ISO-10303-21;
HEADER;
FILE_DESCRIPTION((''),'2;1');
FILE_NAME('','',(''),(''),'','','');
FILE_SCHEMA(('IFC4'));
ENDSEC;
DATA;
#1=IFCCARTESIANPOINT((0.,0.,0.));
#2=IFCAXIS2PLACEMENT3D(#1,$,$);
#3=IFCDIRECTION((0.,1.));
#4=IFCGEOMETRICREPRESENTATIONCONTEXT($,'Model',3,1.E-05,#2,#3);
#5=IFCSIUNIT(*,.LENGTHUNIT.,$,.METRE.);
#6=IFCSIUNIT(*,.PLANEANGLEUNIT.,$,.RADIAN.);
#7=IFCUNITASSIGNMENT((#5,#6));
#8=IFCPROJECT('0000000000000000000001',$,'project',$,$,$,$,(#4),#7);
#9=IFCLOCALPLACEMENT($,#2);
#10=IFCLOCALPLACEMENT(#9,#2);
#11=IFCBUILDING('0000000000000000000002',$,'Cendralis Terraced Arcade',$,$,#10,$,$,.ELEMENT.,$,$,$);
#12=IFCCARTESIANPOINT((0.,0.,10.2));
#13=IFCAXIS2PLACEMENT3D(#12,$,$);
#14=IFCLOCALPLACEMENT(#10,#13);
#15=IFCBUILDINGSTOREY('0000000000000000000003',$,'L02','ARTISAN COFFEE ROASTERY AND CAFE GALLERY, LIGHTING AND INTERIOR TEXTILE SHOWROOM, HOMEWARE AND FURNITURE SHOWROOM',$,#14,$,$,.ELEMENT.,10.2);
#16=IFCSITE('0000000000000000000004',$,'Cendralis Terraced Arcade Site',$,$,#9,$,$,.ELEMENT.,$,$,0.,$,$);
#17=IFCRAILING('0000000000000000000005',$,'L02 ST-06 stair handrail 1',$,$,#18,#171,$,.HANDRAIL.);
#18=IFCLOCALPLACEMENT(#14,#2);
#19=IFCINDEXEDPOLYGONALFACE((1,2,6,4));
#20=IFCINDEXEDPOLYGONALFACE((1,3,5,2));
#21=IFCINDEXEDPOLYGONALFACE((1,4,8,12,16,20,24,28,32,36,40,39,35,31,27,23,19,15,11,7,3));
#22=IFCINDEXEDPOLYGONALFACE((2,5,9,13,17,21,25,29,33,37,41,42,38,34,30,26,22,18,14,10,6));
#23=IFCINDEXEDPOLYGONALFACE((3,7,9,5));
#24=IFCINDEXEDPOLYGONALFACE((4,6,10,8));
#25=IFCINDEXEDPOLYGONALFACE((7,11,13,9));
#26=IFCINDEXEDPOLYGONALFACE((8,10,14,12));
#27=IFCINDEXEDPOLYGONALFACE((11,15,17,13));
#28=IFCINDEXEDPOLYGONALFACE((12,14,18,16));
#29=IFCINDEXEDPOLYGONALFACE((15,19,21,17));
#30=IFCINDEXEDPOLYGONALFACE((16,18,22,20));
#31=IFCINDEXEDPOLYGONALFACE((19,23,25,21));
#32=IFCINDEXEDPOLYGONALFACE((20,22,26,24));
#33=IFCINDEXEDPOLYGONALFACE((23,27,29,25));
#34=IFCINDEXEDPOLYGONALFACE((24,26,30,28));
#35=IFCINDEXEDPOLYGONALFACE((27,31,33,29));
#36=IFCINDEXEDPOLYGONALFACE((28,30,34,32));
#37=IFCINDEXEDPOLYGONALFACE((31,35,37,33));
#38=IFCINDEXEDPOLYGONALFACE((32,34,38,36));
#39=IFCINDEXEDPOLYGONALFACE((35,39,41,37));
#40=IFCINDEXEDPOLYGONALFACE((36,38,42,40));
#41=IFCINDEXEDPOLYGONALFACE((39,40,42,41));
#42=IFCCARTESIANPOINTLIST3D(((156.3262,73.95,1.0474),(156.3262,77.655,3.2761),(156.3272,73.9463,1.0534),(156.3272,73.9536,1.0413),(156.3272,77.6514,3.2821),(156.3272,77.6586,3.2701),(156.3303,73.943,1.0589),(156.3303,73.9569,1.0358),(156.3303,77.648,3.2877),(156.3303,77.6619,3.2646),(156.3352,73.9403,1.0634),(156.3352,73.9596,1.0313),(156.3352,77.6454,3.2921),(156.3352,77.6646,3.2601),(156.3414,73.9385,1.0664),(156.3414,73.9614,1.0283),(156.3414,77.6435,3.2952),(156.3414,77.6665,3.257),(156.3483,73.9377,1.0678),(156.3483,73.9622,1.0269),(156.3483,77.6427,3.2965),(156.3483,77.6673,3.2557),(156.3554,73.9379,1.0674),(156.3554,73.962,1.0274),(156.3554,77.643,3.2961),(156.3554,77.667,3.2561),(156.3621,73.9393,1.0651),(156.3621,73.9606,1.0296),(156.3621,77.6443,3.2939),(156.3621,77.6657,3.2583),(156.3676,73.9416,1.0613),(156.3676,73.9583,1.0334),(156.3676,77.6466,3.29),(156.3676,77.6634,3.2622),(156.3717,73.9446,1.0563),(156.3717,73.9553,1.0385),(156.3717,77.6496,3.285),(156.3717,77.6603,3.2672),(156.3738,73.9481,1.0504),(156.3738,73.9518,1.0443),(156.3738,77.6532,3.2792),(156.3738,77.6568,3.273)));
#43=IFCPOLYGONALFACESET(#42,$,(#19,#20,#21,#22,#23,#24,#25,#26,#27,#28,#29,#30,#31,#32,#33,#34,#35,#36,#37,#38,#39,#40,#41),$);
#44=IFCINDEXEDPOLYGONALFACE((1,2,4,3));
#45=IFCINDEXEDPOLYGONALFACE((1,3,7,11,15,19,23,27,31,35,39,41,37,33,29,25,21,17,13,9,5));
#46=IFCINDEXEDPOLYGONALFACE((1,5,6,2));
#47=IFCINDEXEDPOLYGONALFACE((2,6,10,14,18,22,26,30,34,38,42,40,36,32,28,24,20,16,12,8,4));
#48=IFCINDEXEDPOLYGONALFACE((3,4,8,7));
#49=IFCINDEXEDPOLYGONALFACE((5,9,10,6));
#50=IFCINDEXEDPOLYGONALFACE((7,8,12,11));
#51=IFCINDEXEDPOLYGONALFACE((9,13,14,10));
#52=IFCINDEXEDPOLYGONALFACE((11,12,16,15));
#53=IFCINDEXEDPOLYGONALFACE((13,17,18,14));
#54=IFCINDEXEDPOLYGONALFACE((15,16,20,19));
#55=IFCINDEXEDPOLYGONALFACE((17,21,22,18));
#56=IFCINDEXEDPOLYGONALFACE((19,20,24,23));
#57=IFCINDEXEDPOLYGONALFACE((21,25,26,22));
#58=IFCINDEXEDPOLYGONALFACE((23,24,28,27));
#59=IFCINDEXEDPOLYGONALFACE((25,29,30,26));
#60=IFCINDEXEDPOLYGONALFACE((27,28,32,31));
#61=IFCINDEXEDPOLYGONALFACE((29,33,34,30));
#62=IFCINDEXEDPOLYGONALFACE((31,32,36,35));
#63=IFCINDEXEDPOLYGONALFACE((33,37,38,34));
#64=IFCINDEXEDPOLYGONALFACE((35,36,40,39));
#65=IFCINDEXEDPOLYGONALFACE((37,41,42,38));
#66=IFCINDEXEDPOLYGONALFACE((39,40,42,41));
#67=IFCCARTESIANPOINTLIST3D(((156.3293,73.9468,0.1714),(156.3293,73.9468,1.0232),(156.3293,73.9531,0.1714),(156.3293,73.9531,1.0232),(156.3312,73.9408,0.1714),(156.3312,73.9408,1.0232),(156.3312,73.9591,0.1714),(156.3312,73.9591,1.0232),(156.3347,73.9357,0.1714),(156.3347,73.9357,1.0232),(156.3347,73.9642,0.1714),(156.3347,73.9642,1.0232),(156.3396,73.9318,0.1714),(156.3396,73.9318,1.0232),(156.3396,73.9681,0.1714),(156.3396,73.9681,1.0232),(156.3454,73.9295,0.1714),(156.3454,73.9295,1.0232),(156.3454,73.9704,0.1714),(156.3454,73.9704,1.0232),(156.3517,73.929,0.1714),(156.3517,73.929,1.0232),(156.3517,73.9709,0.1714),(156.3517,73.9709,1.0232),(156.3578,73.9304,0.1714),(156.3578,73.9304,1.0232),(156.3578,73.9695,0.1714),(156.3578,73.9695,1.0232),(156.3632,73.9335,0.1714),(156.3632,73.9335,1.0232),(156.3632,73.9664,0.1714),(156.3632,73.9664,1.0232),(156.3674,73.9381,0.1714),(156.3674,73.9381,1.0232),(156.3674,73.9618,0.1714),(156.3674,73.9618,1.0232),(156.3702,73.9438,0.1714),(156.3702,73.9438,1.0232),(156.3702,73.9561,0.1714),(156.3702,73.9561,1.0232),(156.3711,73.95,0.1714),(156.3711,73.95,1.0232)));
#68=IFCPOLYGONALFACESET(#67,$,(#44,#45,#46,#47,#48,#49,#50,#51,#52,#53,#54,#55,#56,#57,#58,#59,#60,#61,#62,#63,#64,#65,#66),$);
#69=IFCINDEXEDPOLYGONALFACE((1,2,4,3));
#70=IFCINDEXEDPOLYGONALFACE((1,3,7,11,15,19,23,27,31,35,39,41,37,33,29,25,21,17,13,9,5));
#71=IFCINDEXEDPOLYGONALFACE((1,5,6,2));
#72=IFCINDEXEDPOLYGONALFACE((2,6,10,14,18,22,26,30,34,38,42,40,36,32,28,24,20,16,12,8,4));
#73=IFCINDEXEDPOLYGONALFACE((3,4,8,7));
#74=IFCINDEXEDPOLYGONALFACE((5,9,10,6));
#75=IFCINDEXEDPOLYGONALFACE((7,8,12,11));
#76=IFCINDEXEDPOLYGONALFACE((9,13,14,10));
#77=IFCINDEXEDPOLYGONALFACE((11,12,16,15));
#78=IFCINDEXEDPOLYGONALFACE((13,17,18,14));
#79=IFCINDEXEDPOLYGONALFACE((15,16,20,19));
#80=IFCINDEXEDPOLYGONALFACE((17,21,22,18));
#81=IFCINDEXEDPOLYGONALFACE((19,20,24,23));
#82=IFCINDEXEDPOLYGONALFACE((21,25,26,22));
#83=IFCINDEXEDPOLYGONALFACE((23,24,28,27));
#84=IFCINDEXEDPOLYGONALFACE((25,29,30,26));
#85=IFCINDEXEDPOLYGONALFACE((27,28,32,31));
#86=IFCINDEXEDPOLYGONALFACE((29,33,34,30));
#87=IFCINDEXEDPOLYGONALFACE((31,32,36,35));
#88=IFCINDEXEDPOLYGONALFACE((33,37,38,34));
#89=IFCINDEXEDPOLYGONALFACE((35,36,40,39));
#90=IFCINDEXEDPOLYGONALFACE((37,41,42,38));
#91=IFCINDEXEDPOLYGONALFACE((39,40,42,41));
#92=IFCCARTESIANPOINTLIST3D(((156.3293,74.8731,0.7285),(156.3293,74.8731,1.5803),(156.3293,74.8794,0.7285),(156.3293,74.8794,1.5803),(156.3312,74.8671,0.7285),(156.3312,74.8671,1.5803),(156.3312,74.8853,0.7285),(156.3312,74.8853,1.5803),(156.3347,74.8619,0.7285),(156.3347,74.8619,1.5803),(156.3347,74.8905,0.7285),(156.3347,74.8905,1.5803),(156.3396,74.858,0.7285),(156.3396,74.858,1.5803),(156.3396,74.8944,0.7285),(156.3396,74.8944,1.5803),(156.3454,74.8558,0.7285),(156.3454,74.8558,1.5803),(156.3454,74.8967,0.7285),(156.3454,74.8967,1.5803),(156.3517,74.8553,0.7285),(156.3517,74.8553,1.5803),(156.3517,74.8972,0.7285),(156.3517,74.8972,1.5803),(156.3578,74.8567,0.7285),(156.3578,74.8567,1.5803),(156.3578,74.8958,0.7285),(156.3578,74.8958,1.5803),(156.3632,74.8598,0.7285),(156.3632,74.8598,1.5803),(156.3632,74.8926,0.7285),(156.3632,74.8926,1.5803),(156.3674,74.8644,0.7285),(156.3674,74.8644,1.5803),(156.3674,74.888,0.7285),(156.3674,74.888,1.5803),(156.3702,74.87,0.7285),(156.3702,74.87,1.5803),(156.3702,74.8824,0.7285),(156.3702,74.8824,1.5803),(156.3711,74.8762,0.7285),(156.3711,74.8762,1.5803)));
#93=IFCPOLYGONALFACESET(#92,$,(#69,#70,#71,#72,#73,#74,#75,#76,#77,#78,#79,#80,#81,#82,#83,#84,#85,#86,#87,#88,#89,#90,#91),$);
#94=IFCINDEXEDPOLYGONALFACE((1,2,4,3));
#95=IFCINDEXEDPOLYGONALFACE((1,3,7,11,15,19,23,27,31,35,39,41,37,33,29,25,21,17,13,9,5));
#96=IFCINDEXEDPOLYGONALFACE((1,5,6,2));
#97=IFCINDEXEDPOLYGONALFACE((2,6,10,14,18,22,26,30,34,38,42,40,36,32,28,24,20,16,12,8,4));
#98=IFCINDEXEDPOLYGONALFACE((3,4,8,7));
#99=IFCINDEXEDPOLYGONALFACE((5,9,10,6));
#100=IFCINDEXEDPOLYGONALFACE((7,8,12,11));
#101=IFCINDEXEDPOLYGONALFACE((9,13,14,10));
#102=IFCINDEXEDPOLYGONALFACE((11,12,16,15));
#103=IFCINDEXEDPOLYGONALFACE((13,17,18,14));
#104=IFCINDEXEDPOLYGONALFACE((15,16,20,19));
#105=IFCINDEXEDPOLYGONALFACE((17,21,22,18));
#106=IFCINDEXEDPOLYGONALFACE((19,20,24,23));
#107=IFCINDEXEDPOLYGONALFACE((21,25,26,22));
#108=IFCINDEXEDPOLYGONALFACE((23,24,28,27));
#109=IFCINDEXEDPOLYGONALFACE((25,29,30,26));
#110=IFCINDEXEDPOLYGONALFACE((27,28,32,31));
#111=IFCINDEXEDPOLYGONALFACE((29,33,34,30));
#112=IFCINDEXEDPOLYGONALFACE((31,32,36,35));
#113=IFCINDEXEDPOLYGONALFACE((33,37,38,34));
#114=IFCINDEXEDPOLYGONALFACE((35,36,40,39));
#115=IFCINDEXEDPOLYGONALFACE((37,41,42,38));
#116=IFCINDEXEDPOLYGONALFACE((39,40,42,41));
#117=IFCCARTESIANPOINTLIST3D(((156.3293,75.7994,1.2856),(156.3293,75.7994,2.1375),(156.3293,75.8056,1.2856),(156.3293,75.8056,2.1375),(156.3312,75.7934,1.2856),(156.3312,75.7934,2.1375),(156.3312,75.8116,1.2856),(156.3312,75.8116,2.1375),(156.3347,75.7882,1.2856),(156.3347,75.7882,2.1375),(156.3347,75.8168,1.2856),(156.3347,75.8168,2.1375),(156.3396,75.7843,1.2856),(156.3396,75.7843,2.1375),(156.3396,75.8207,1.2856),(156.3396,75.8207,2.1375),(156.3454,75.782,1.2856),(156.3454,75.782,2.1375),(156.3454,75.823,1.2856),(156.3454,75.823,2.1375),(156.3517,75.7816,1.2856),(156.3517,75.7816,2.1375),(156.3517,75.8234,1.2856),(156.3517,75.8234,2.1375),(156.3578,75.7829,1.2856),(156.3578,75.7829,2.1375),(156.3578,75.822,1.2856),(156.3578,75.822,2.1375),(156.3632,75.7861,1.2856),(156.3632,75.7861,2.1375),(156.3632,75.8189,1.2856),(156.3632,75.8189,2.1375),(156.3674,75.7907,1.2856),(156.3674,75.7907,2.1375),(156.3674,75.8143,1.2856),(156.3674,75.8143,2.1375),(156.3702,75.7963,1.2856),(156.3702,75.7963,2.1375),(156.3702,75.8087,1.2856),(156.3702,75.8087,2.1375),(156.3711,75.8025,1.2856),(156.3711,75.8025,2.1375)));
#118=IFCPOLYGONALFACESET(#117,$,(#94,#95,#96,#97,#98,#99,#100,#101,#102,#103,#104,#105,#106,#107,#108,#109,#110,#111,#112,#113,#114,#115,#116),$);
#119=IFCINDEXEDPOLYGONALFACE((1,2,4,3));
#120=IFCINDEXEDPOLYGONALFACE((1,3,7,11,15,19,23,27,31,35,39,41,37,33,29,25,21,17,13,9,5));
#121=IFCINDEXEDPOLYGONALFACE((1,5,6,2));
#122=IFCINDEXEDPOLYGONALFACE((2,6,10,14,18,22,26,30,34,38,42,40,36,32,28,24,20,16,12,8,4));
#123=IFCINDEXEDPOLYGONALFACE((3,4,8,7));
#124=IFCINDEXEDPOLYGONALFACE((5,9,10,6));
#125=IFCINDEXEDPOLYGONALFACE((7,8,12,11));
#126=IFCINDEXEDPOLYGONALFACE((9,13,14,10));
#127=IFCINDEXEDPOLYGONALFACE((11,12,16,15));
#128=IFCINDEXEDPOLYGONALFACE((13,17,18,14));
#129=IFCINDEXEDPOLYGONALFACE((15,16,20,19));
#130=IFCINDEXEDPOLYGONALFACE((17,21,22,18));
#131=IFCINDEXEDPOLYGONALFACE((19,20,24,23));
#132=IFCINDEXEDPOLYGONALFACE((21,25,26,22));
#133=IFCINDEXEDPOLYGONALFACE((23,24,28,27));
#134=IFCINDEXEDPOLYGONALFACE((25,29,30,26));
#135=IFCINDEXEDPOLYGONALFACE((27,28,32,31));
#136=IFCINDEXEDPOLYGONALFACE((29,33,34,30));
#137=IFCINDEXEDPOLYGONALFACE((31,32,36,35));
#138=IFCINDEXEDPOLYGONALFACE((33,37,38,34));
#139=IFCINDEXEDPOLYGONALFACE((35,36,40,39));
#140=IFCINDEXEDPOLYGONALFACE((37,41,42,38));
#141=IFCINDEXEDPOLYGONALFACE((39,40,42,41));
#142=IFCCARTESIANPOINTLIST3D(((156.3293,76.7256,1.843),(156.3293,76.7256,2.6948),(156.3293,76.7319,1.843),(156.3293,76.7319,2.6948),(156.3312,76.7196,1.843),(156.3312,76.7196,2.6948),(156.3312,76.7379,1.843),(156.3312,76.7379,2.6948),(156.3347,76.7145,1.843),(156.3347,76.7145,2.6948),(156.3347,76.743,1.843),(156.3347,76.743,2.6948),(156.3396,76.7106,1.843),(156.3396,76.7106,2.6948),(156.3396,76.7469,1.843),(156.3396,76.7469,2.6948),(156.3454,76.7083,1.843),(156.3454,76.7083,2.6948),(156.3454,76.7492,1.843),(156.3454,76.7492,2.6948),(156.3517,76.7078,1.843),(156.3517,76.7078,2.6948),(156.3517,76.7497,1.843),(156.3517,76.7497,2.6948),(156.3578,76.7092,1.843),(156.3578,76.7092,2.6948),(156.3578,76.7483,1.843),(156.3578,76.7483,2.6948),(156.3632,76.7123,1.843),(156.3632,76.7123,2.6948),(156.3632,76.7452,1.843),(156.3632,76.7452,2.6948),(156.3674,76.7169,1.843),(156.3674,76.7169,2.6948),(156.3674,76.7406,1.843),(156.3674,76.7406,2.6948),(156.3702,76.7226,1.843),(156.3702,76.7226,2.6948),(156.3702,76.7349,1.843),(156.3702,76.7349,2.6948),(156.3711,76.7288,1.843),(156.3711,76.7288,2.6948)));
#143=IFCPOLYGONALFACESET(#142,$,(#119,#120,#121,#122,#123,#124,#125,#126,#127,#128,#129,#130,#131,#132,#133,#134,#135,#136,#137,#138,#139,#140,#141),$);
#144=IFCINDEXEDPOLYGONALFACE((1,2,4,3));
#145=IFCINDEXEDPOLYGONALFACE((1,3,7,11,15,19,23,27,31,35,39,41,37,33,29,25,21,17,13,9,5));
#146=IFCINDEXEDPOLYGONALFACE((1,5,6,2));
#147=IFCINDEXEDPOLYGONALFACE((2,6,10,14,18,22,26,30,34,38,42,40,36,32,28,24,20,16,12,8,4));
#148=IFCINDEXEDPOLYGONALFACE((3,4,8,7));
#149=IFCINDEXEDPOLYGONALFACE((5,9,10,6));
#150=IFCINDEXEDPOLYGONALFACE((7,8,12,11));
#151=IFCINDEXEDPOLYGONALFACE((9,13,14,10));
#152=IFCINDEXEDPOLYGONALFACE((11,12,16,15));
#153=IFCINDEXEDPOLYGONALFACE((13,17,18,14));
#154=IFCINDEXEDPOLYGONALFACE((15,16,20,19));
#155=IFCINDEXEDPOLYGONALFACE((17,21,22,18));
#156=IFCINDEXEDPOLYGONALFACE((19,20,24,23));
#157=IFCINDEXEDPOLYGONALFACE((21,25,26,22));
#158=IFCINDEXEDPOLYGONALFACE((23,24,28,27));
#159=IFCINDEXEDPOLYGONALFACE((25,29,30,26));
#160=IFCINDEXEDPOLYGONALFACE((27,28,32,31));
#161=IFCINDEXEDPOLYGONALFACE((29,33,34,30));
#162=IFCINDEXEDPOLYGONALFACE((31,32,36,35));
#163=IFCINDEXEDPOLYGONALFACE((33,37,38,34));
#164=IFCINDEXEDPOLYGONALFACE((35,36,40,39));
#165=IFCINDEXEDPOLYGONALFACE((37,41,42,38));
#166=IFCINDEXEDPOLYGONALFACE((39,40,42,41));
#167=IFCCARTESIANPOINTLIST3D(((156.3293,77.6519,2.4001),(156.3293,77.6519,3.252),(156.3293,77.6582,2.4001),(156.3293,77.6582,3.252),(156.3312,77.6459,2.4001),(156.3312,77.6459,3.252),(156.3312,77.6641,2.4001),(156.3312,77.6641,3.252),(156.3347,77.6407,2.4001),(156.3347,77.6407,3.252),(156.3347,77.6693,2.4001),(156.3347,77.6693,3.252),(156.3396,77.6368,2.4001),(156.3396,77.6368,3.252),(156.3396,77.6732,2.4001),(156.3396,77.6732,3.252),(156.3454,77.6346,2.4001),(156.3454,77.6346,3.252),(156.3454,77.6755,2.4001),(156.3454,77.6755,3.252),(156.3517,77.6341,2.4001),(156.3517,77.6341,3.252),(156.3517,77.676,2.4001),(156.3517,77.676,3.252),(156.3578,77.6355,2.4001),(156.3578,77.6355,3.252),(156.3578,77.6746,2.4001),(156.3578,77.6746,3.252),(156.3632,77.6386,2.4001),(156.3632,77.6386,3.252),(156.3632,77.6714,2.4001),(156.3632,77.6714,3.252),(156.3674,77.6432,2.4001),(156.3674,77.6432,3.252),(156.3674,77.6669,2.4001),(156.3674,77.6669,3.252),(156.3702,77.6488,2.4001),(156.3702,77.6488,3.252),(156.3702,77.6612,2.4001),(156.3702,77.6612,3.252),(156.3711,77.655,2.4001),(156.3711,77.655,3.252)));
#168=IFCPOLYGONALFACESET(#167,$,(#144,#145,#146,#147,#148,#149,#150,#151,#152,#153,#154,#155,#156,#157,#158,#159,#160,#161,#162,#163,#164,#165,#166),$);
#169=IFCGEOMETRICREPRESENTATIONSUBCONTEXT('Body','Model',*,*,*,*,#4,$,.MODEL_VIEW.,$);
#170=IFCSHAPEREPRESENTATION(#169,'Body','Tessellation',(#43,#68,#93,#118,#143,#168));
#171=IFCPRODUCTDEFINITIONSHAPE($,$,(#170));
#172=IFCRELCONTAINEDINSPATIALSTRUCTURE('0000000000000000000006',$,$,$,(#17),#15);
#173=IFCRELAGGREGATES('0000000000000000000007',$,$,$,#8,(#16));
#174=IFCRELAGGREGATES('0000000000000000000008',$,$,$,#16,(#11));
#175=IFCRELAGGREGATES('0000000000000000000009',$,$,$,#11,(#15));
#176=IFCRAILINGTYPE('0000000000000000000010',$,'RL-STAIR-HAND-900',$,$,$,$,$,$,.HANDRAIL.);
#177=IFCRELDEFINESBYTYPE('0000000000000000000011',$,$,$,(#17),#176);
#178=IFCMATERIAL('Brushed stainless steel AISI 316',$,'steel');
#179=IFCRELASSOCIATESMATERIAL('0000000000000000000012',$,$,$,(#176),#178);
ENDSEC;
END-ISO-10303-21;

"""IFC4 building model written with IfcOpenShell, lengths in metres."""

from ifc_helpers import new_model, si_unit, direction, frame, origin, origin_2d, place, context, subcontext, project, spatial, circle, extrude, material, type_object, element, save


model = new_model("IFC4")

# Units and contexts
model_context = context("Model", 3, precision=1e-05, world=origin(), true_north=direction((0.0, 1.0)))
body_context = subcontext(model_context, "Body", "Model", "MODEL_VIEW")
ifc_project = project(units=[si_unit("LENGTHUNIT", "METRE"), si_unit("PLANEANGLEUNIT", "RADIAN")], contexts=[model_context])

# Site, building, storey
site_placement = place(None, origin())
site = spatial("IfcSite", under=ifc_project, at=site_placement, Name="Cendralis Terraced Arcade Site", CompositionType="ELEMENT", RefElevation=0.0)
building_placement = place(site_placement, origin())
building = spatial("IfcBuilding", under=site, at=building_placement, Name="Cendralis Terraced Arcade", CompositionType="ELEMENT")
storey_placement = place(building_placement, frame((0.0, 0.0, 10.2)))
storey = spatial("IfcBuildingStorey", under=building, at=storey_placement, Name="L02", Description="ARTISAN COFFEE ROASTERY AND CAFE GALLERY, LIGHTING AND INTERIOR TEXTILE SHOWROOM, HOMEWARE AND FURNITURE SHOWROOM", CompositionType="ELEMENT", Elevation=10.2)

# Railing
ifc_material_1 = material(Name="Brushed stainless steel AISI 316", Category="steel")
railing_type = type_object("IfcRailingType", Name="RL-STAIR-HAND-900", PredefinedType="HANDRAIL", material=ifc_material_1)
railing_placement = place(storey_placement, frame((156.3501, 73.95, 0.1714)))
element("IfcRailing", 1, at=railing_placement, inside=storey, type_object=railing_type, Name="L02 ST-06 stair handrail 1", PredefinedType="HANDRAIL", context=body_context, shape_type="SweptSolid", body=[
    extrude(circle(Radius=0.0239, at=origin_2d()), frame((0.0, 0.0, 0.876), z_axis=(0.0, 0.856909, 0.515467), x_axis=(-1.0, 0.0, 0.0)), (0.0, 0.0, 1.0), 4.3237),
    extrude(circle(Radius=0.021, at=origin_2d()), origin(), (0.0, 0.0, 1.0), 0.8518),
    extrude(circle(Radius=0.021, at=origin_2d()), frame((0.0, 0.9263, 0.5571)), (0.0, 0.0, 1.0), 0.8518),
    extrude(circle(Radius=0.021, at=origin_2d()), frame((0.0, 1.8525, 1.1143)), (0.0, 0.0, 1.0), 0.8518),
    extrude(circle(Radius=0.021, at=origin_2d()), frame((0.0, 2.7788, 1.6716)), (0.0, 0.0, 1.0), 0.8518),
    extrude(circle(Radius=0.021, at=origin_2d()), frame((0.0, 3.7051, 2.2288)), (0.0, 0.0, 1.0), 0.8518),
])

save(model, "model.ifc")
